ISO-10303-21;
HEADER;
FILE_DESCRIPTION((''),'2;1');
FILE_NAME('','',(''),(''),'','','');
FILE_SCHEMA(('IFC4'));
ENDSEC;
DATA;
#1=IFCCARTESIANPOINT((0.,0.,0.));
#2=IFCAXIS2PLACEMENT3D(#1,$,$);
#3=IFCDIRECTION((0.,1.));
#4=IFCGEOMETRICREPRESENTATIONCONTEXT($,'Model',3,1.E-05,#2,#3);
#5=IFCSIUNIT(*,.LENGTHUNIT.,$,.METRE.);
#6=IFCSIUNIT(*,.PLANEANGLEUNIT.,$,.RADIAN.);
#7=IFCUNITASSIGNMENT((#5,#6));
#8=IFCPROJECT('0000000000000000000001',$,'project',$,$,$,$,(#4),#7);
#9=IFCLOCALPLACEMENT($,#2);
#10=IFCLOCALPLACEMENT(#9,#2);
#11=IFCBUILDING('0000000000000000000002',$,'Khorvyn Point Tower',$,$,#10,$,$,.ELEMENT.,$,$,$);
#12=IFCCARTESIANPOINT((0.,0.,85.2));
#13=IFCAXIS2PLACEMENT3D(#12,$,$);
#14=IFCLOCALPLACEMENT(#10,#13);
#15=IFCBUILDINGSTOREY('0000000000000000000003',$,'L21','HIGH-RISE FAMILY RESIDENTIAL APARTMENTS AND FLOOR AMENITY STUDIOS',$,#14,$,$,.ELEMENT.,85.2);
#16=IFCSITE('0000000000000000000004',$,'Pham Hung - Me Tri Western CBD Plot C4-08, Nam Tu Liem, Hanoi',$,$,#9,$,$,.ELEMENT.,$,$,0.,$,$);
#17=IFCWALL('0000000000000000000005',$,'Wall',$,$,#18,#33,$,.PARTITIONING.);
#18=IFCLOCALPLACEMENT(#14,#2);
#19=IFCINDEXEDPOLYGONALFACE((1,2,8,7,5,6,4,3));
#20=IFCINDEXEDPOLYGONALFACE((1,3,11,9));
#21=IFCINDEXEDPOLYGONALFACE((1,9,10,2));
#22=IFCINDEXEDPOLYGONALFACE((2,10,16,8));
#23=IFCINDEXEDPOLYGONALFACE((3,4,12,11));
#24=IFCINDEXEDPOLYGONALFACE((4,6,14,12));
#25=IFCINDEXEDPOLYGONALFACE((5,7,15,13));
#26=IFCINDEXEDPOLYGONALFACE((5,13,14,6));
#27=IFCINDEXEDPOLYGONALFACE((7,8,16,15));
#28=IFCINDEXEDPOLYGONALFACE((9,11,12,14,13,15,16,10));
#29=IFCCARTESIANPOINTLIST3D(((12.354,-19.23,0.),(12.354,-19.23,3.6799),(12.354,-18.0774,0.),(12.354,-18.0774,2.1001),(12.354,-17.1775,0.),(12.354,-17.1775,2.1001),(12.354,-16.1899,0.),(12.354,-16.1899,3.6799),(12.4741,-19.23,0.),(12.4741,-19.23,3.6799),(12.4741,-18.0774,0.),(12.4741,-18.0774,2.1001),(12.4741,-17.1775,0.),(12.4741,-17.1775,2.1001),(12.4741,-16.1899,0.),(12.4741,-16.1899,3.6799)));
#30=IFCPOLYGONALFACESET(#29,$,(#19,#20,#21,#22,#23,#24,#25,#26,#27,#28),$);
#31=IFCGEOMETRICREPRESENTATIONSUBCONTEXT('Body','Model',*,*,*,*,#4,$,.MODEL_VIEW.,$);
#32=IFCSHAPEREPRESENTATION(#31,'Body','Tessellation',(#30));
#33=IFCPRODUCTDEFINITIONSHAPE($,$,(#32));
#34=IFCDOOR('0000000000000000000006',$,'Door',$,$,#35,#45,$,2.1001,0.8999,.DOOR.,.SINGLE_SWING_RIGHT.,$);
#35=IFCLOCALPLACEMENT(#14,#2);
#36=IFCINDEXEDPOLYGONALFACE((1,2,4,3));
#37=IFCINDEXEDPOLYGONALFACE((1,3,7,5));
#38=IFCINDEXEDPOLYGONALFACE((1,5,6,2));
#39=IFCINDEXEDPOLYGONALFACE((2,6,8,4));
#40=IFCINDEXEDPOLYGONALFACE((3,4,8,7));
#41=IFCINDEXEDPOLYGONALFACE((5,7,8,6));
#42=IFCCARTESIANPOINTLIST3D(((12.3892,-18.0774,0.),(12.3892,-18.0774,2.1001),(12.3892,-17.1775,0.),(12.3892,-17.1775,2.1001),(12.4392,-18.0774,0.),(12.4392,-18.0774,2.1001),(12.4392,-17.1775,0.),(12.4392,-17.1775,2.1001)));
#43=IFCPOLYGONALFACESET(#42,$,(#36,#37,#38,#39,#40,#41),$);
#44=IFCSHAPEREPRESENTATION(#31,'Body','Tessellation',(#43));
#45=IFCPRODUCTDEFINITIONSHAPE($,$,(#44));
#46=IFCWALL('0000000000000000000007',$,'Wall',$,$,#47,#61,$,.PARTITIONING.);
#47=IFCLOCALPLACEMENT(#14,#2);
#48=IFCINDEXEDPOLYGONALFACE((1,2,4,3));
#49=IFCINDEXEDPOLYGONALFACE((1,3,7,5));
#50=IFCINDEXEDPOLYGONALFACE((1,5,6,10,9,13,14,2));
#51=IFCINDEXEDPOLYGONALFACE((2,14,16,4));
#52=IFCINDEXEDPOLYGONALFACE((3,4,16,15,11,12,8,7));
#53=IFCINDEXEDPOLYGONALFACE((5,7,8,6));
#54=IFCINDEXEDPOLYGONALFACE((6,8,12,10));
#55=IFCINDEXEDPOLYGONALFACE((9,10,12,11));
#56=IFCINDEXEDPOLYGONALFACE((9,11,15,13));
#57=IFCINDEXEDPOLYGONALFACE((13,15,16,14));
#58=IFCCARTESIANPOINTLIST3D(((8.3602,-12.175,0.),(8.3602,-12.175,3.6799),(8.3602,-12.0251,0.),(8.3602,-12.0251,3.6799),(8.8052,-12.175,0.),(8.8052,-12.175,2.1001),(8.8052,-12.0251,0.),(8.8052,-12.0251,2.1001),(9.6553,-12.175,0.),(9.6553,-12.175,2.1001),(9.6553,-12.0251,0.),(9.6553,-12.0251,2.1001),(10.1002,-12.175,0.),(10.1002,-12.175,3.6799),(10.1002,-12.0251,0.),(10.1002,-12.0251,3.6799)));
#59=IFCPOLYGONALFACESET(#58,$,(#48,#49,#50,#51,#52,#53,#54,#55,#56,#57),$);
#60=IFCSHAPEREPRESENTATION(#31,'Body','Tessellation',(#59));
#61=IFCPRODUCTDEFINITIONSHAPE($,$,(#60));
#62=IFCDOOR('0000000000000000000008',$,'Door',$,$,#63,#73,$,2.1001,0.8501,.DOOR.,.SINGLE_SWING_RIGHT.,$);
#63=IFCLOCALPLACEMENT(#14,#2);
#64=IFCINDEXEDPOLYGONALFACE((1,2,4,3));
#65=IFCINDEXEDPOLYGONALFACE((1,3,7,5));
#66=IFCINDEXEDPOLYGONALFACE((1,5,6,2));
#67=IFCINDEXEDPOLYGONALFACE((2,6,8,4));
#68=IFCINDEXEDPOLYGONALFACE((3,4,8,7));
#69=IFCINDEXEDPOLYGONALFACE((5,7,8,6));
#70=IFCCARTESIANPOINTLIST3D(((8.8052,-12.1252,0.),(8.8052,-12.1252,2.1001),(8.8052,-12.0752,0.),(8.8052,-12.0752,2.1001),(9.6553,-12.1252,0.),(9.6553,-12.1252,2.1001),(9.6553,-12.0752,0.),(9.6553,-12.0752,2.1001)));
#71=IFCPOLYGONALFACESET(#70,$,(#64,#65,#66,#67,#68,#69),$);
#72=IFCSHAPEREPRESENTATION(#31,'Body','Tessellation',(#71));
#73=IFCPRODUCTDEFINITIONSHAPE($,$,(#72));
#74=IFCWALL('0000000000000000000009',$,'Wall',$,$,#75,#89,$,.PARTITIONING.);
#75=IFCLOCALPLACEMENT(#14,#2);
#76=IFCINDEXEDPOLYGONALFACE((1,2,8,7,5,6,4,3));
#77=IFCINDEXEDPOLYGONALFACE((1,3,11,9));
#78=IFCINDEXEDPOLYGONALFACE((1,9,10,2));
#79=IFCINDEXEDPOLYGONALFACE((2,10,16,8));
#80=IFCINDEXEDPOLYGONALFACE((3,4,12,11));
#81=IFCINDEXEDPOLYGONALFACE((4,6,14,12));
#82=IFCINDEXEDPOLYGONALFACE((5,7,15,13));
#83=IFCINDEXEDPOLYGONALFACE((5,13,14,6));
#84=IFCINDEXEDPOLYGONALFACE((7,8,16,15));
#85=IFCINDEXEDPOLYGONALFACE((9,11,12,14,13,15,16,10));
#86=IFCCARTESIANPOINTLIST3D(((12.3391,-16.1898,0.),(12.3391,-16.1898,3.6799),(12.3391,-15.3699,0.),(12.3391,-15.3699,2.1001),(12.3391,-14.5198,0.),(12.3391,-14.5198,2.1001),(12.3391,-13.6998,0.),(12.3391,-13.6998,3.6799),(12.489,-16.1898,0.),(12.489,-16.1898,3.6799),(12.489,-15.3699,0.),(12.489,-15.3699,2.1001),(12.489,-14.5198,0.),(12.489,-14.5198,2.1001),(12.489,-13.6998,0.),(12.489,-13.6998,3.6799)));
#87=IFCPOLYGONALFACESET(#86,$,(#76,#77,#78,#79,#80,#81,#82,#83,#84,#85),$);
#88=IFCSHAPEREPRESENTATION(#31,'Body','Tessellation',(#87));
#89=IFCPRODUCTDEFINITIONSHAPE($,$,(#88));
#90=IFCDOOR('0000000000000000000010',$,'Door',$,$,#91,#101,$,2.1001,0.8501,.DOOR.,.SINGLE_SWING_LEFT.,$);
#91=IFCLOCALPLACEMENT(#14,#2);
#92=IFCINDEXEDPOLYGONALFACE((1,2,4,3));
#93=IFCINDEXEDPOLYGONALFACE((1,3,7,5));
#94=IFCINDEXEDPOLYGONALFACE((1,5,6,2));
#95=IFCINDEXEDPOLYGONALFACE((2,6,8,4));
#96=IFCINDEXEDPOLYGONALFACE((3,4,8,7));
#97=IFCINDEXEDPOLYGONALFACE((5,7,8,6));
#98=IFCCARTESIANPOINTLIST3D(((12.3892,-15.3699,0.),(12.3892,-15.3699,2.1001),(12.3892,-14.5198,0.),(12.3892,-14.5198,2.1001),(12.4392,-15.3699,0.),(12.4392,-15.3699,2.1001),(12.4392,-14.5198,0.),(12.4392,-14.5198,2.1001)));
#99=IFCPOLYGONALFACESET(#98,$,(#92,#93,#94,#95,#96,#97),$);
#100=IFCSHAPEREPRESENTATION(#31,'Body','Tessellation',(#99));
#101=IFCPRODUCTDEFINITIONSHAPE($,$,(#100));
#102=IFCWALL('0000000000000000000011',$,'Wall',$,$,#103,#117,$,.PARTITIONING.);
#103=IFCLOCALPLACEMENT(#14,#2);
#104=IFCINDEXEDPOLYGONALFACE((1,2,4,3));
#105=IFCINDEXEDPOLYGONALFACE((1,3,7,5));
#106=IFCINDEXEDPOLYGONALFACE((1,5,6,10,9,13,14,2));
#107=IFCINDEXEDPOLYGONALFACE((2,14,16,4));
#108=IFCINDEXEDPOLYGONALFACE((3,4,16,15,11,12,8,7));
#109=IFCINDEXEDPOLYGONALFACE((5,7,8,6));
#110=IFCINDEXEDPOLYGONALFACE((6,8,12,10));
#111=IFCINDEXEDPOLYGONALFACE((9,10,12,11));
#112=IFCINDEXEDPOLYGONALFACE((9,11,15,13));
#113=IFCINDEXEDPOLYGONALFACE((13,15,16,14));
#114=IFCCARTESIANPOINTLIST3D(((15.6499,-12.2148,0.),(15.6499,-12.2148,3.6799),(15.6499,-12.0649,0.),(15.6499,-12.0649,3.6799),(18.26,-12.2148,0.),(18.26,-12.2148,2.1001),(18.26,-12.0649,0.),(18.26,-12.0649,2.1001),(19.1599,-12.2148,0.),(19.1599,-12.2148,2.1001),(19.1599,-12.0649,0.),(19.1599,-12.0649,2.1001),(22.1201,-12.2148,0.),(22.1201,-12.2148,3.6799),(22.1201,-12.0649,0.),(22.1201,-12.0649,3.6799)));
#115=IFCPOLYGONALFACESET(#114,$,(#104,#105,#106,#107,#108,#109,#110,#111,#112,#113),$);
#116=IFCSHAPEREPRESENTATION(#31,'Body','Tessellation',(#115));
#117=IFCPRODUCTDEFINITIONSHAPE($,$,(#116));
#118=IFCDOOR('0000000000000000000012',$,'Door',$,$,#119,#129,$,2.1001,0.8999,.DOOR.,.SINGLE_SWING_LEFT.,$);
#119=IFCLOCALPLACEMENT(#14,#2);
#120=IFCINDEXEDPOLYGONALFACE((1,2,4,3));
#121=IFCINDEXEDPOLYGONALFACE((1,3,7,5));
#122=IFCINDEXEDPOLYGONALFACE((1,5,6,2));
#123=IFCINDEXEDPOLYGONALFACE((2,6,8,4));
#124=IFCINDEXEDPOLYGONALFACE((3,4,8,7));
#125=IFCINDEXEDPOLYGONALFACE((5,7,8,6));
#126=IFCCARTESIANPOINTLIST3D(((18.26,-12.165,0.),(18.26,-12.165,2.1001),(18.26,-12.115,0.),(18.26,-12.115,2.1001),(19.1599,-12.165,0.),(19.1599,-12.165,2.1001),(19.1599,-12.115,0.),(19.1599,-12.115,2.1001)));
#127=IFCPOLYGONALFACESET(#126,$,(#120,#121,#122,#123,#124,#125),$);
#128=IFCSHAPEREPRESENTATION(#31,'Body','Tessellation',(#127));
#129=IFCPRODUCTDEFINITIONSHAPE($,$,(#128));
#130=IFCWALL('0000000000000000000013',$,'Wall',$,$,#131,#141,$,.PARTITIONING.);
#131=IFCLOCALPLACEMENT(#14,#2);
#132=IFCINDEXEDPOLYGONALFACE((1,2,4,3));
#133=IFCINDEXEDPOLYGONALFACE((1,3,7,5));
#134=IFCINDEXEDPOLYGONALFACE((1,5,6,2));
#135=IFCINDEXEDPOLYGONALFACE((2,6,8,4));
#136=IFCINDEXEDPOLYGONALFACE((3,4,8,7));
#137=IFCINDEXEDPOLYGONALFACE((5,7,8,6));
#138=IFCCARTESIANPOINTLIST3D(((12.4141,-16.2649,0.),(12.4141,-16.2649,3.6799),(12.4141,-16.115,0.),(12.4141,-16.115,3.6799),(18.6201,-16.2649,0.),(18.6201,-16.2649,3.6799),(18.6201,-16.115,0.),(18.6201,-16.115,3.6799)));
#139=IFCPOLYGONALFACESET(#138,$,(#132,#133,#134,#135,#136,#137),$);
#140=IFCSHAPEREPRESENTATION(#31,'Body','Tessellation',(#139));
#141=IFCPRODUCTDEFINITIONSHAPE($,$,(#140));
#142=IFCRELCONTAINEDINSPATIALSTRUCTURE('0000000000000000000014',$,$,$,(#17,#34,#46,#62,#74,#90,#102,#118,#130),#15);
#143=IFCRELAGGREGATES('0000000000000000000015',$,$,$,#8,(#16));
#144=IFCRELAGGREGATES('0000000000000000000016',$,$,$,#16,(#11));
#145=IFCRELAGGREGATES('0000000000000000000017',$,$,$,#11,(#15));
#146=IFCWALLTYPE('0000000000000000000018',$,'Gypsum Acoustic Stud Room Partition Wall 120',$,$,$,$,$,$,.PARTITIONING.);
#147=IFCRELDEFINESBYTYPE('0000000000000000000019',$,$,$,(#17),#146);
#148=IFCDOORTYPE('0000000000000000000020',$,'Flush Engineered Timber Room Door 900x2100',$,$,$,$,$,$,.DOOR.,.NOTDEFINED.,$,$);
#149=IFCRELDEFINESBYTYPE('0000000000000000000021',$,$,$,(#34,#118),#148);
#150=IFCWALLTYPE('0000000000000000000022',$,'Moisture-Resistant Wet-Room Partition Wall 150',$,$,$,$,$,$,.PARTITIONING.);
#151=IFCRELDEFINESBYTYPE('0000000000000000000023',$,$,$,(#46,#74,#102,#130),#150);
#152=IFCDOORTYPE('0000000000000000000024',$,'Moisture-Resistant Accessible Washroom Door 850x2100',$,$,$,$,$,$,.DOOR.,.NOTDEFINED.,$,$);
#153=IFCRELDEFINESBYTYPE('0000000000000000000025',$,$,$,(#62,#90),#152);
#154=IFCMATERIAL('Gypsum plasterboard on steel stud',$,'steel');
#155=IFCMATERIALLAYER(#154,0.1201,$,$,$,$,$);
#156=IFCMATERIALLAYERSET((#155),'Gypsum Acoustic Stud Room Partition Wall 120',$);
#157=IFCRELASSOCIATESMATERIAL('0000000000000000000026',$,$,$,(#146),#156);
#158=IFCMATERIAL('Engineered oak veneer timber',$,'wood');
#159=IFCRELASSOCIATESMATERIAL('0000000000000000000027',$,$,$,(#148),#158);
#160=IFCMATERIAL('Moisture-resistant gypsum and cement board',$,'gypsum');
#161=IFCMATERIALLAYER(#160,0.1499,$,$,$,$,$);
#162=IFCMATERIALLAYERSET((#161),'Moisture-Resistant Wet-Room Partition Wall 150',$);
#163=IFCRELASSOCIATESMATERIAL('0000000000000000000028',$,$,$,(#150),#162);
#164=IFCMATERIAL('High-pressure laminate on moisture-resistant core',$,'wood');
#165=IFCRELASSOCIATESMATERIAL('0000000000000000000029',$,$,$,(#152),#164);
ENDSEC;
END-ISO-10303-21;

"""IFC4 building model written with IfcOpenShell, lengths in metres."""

from ifc_helpers import new_model, si_unit, direction, frame, frame_2d, origin, place, context, subcontext, project, spatial, rectangle, extrude, material, layer, layer_set, type_object, element, fill, save


model = new_model("IFC4")

# Units and contexts
model_context = context("Model", 3, precision=1e-05, world=origin(), true_north=direction((0.0, 1.0)))
body_context = subcontext(model_context, "Body", "Model", "MODEL_VIEW")
ifc_project = project(units=[si_unit("LENGTHUNIT", "METRE"), si_unit("PLANEANGLEUNIT", "RADIAN")], contexts=[model_context])

# Site, building, storey
site_placement = place(None, origin())
site = spatial("IfcSite", under=ifc_project, at=site_placement, Name="Pham Hung - Me Tri Western CBD Plot C4-08, Nam Tu Liem, Hanoi", CompositionType="ELEMENT", RefElevation=0.0)
building_placement = place(site_placement, origin())
building = spatial("IfcBuilding", under=site, at=building_placement, Name="Khorvyn Point Tower", CompositionType="ELEMENT")
storey_placement = place(building_placement, frame((0.0, 0.0, 85.2)))
storey = spatial("IfcBuildingStorey", under=building, at=storey_placement, Name="L21", Description="HIGH-RISE FAMILY RESIDENTIAL APARTMENTS AND FLOOR AMENITY STUDIOS", CompositionType="ELEMENT", Elevation=85.2)

# Walls, openings, doors
ifc_material_1 = material(Name="Gypsum plasterboard on steel stud", Category="steel")
ifc_layer_1 = layer(ifc_material_1, 0.1201)
ifc_layer_set_1 = layer_set([ifc_layer_1], Name="Gypsum Acoustic Stud Room Partition Wall 120")
wall_type_1 = type_object("IfcWallType", Name="Gypsum Acoustic Stud Room Partition Wall 120", PredefinedType="PARTITIONING", material=ifc_layer_set_1)
wall_1_placement = place(storey_placement, frame((12.4141, -19.23, 0.0), z_axis=(0.0, 0.0, 1.0), x_axis=(0.0, 1.0, 0.0)))
wall_1 = element("IfcWall", 1, at=wall_1_placement, inside=storey, type_object=wall_type_1, Name="Wall", PredefinedType="PARTITIONING", context=body_context, shape_type="SweptSolid", body=[
    extrude(rectangle(XDim=3.04, YDim=0.1201, at=frame_2d((1.52, 0.0))), origin(), (0.0, 0.0, 1.0), 3.6799),
])
opening_1_placement = place(wall_1_placement, frame((1.1526, 0.0, 0.0)))
opening_1 = element("IfcOpeningElement", 2, at=opening_1_placement, cuts=wall_1, PredefinedType="OPENING", context=body_context, shape_type="SweptSolid", body=[
    extrude(rectangle(XDim=0.8999, YDim=2.1001, at=frame_2d((0.45, 1.05))), frame((0.0, 0.0701, 0.0), z_axis=(0.0, -1.0, 0.0), x_axis=(1.0, 0.0, 0.0)), (0.0, 0.0, 1.0), 0.1401),
])
ifc_material_2 = material(Name="Engineered oak veneer timber", Category="wood")
door_type_1 = type_object("IfcDoorType", Name="Flush Engineered Timber Room Door 900x2100", OperationType="NOTDEFINED", PredefinedType="DOOR", material=ifc_material_2)
door_1_placement = place(opening_1_placement, origin())
door_1 = element("IfcDoor", 3, at=door_1_placement, inside=storey, type_object=door_type_1, Name="Door", OperationType="SINGLE_SWING_RIGHT", OverallHeight=2.1001, OverallWidth=0.8999, PredefinedType="DOOR", context=body_context, shape_type="SweptSolid", body=[
    extrude(rectangle(XDim=0.8999, YDim=2.1001, at=frame_2d((0.45, 1.05))), frame((0.0, 0.0249, 0.0), z_axis=(0.0, -1.0, 0.0), x_axis=(1.0, 0.0, 0.0)), (0.0, 0.0, 1.0), 0.05),
])
fill(opening_1, door_1)
ifc_material_3 = material(Name="Moisture-resistant gypsum and cement board", Category="gypsum")
ifc_layer_2 = layer(ifc_material_3, 0.1499)
ifc_layer_set_2 = layer_set([ifc_layer_2], Name="Moisture-Resistant Wet-Room Partition Wall 150")
wall_type_2 = type_object("IfcWallType", Name="Moisture-Resistant Wet-Room Partition Wall 150", PredefinedType="PARTITIONING", material=ifc_layer_set_2)
wall_2_placement = place(storey_placement, frame((8.3601, -12.1001, 0.0), z_axis=(0.0, 0.0, 1.0), x_axis=(1.0, 0.0, 0.0)))
wall_2 = element("IfcWall", 4, at=wall_2_placement, inside=storey, type_object=wall_type_2, Name="Wall", PredefinedType="PARTITIONING", context=body_context, shape_type="SweptSolid", body=[
    extrude(rectangle(XDim=1.74, YDim=0.1499, at=frame_2d((0.8701, 0.0))), origin(), (0.0, 0.0, 1.0), 3.6799),
])
opening_2_placement = place(wall_2_placement, frame((0.4451, 0.0, 0.0)))
opening_2 = element("IfcOpeningElement", 5, at=opening_2_placement, cuts=wall_2, PredefinedType="OPENING", context=body_context, shape_type="SweptSolid", body=[
    extrude(rectangle(XDim=0.8501, YDim=2.1001, at=frame_2d((0.425, 1.05))), frame((0.0, 0.085, 0.0), z_axis=(0.0, -1.0, 0.0), x_axis=(1.0, 0.0, 0.0)), (0.0, 0.0, 1.0), 0.1699),
])
ifc_material_4 = material(Name="High-pressure laminate on moisture-resistant core", Category="wood")
door_type_2 = type_object("IfcDoorType", Name="Moisture-Resistant Accessible Washroom Door 850x2100", OperationType="NOTDEFINED", PredefinedType="DOOR", material=ifc_material_4)
door_2_placement = place(opening_2_placement, origin())
door_2 = element("IfcDoor", 6, at=door_2_placement, inside=storey, type_object=door_type_2, Name="Door", OperationType="SINGLE_SWING_RIGHT", OverallHeight=2.1001, OverallWidth=0.8501, PredefinedType="DOOR", context=body_context, shape_type="SweptSolid", body=[
    extrude(rectangle(XDim=0.8501, YDim=2.1001, at=frame_2d((0.425, 1.05))), frame((0.0, 0.0249, 0.0), z_axis=(0.0, -1.0, 0.0), x_axis=(1.0, 0.0, 0.0)), (0.0, 0.0, 1.0), 0.05),
])
fill(opening_2, door_2)
wall_3_placement = place(storey_placement, frame((12.4141, -16.1899, 0.0), z_axis=(0.0, 0.0, 1.0), x_axis=(0.0, 1.0, 0.0)))
wall_3 = element("IfcWall", 7, at=wall_3_placement, inside=storey, type_object=wall_type_2, Name="Wall", PredefinedType="PARTITIONING", context=body_context, shape_type="SweptSolid", body=[
    extrude(rectangle(XDim=2.49, YDim=0.1499, at=frame_2d((1.2451, 0.0))), origin(), (0.0, 0.0, 1.0), 3.6799),
])
opening_3_placement = place(wall_3_placement, frame((0.8201, 0.0, 0.0)))
opening_3 = element("IfcOpeningElement", 8, at=opening_3_placement, cuts=wall_3, PredefinedType="OPENING", context=body_context, shape_type="SweptSolid", body=[
    extrude(rectangle(XDim=0.8501, YDim=2.1001, at=frame_2d((0.425, 1.05))), frame((0.0, 0.085, 0.0), z_axis=(0.0, -1.0, 0.0), x_axis=(1.0, 0.0, 0.0)), (0.0, 0.0, 1.0), 0.1699),
])
door_3_placement = place(opening_3_placement, origin())
door_3 = element("IfcDoor", 9, at=door_3_placement, inside=storey, type_object=door_type_2, Name="Door", OperationType="SINGLE_SWING_LEFT", OverallHeight=2.1001, OverallWidth=0.8501, PredefinedType="DOOR", context=body_context, shape_type="SweptSolid", body=[
    extrude(rectangle(XDim=0.8501, YDim=2.1001, at=frame_2d((0.425, 1.05))), frame((0.0, 0.0249, 0.0), z_axis=(0.0, -1.0, 0.0), x_axis=(1.0, 0.0, 0.0)), (0.0, 0.0, 1.0), 0.05),
])
fill(opening_3, door_3)
wall_4_placement = place(storey_placement, frame((15.6499, -12.1399, 0.0), z_axis=(0.0, 0.0, 1.0), x_axis=(1.0, 0.0, 0.0)))
wall_4 = element("IfcWall", 10, at=wall_4_placement, inside=storey, type_object=wall_type_2, Name="Wall", PredefinedType="PARTITIONING", context=body_context, shape_type="SweptSolid", body=[
    extrude(rectangle(XDim=6.4702, YDim=0.1499, at=frame_2d((3.2351, 0.0))), origin(), (0.0, 0.0, 1.0), 3.6799),
])
opening_4_placement = place(wall_4_placement, frame((2.6101, 0.0, 0.0)))
opening_4 = element("IfcOpeningElement", 11, at=opening_4_placement, cuts=wall_4, PredefinedType="OPENING", context=body_context, shape_type="SweptSolid", body=[
    extrude(rectangle(XDim=0.8999, YDim=2.1001, at=frame_2d((0.45, 1.05))), frame((0.0, 0.085, 0.0), z_axis=(0.0, -1.0, 0.0), x_axis=(1.0, 0.0, 0.0)), (0.0, 0.0, 1.0), 0.1699),
])
door_4_placement = place(opening_4_placement, origin())
door_4 = element("IfcDoor", 12, at=door_4_placement, inside=storey, type_object=door_type_1, Name="Door", OperationType="SINGLE_SWING_LEFT", OverallHeight=2.1001, OverallWidth=0.8999, PredefinedType="DOOR", context=body_context, shape_type="SweptSolid", body=[
    extrude(rectangle(XDim=0.8999, YDim=2.1001, at=frame_2d((0.45, 1.05))), frame((0.0, 0.0249, 0.0), z_axis=(0.0, -1.0, 0.0), x_axis=(1.0, 0.0, 0.0)), (0.0, 0.0, 1.0), 0.05),
])
fill(opening_4, door_4)

# Wall
wall_5_placement = place(storey_placement, frame((12.4141, -16.1899, 0.0), z_axis=(0.0, 0.0, 1.0), x_axis=(1.0, 0.0, 0.0)))
element("IfcWall", 13, at=wall_5_placement, inside=storey, type_object=wall_type_2, Name="Wall", PredefinedType="PARTITIONING", context=body_context, shape_type="SweptSolid", body=[
    extrude(rectangle(XDim=6.2061, YDim=0.1499, at=frame_2d((3.103, 0.0))), origin(), (0.0, 0.0, 1.0), 3.6799),
])

save(model, "model.ifc")
